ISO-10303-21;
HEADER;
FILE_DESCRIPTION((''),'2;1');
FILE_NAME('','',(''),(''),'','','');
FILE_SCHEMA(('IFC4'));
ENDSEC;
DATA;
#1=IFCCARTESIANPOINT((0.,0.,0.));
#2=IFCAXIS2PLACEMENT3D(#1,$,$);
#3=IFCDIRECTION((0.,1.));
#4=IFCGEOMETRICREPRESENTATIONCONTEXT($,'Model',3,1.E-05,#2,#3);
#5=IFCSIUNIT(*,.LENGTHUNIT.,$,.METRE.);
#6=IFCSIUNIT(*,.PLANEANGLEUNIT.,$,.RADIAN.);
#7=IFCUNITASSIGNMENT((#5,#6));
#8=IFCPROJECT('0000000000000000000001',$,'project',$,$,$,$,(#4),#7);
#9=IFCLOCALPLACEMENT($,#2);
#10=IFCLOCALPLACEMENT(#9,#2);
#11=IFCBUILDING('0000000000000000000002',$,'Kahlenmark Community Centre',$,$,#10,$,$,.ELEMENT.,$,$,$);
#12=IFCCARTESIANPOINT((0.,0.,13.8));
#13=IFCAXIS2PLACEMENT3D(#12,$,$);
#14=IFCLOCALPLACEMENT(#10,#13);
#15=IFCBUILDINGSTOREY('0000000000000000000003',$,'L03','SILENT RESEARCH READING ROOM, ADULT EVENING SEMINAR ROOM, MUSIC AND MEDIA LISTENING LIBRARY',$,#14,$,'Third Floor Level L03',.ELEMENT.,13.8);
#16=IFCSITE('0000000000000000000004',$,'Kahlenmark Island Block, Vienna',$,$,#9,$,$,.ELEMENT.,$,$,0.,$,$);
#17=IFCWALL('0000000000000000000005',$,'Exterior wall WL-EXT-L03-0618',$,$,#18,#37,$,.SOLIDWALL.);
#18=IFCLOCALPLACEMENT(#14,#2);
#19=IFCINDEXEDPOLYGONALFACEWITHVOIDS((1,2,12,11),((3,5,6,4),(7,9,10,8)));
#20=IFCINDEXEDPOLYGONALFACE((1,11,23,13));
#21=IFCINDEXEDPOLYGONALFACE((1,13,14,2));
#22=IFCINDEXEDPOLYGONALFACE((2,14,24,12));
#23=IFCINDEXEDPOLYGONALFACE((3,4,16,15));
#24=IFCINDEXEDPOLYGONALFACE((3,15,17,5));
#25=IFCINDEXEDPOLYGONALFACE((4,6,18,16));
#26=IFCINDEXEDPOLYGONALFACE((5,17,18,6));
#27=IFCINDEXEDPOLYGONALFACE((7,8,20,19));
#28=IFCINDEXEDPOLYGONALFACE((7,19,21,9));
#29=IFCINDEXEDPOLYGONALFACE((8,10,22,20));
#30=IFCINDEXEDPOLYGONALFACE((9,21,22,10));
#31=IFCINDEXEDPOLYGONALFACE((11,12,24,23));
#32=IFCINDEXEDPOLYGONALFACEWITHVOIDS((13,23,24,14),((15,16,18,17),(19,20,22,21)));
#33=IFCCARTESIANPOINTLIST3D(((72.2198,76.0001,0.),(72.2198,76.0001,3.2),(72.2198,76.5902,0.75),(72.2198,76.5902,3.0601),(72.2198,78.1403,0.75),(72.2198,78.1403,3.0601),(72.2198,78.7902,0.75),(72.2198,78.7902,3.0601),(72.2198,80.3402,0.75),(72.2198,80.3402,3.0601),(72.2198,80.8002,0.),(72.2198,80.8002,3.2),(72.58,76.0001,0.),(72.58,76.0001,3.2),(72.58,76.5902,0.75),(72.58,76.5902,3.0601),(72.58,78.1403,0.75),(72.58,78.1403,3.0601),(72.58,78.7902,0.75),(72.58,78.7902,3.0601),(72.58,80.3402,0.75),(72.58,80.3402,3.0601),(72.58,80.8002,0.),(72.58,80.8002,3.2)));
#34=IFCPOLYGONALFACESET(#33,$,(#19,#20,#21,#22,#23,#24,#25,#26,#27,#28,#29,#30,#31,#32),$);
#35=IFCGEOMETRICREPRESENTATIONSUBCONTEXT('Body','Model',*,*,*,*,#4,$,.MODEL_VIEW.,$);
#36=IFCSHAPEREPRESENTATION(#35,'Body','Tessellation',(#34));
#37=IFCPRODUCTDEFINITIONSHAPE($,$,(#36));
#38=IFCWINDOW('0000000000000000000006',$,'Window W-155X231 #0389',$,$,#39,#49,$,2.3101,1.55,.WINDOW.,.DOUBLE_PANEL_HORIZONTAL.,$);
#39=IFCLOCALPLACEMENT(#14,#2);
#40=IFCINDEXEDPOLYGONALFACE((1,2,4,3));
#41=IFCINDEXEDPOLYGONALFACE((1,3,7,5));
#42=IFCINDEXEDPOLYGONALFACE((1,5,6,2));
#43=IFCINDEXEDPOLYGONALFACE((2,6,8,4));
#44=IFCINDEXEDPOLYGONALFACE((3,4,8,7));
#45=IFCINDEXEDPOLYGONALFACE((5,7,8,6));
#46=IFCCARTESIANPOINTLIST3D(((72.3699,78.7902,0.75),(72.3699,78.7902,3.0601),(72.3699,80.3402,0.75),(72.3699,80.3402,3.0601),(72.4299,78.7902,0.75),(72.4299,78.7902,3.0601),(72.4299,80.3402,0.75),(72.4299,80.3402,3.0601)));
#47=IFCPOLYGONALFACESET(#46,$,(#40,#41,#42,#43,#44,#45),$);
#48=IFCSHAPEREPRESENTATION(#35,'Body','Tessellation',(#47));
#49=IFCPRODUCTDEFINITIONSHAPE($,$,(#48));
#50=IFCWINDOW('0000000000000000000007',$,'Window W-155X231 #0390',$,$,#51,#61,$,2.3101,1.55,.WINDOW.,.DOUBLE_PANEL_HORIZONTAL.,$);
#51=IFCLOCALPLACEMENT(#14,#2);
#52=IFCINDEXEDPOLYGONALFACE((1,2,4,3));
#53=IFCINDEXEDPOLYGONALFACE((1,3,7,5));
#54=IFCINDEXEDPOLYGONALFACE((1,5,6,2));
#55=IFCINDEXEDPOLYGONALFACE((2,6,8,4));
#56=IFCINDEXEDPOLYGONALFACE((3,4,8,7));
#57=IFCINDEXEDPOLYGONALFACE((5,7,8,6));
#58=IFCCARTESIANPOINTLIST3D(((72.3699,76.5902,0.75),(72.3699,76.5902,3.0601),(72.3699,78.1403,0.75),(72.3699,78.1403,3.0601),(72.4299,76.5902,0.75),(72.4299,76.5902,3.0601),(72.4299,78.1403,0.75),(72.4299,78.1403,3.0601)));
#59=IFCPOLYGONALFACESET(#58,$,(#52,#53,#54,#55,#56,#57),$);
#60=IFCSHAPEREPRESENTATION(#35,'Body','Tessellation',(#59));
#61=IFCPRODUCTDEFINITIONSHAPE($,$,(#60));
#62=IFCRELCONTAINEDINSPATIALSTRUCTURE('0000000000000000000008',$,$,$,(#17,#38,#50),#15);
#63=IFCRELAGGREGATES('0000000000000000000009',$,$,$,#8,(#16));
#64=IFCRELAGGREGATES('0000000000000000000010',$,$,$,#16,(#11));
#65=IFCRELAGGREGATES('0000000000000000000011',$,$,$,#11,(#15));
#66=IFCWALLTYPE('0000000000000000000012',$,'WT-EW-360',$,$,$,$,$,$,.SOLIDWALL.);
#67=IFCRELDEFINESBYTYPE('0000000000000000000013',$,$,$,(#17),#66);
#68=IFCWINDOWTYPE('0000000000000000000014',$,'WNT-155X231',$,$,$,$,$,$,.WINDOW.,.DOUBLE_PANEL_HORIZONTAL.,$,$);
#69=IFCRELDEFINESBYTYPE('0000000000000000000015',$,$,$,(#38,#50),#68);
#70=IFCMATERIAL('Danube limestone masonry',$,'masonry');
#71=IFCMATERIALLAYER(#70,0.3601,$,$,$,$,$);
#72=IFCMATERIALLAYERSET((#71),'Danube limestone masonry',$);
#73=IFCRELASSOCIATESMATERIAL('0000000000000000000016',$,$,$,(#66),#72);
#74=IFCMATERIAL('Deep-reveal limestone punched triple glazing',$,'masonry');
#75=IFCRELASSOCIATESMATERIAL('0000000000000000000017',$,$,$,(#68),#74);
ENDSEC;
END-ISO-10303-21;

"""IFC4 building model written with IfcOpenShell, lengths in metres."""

from ifc_helpers import new_model, si_unit, direction, frame, frame_2d, origin, place, context, subcontext, project, spatial, rectangle, extrude, material, layer, layer_set, type_object, element, fill, save


model = new_model("IFC4")

# Units and contexts
model_context = context("Model", 3, precision=1e-05, world=origin(), true_north=direction((0.0, 1.0)))
body_context = subcontext(model_context, "Body", "Model", "MODEL_VIEW")
ifc_project = project(units=[si_unit("LENGTHUNIT", "METRE"), si_unit("PLANEANGLEUNIT", "RADIAN")], contexts=[model_context])

# Site, building, storey
site_placement = place(None, origin())
site = spatial("IfcSite", under=ifc_project, at=site_placement, Name="Kahlenmark Island Block, Vienna", CompositionType="ELEMENT", RefElevation=0.0)
building_placement = place(site_placement, origin())
building = spatial("IfcBuilding", under=site, at=building_placement, Name="Kahlenmark Community Centre", CompositionType="ELEMENT")
storey_placement = place(building_placement, frame((0.0, 0.0, 13.8)))
storey = spatial("IfcBuildingStorey", under=building, at=storey_placement, Name="L03", Description="SILENT RESEARCH READING ROOM, ADULT EVENING SEMINAR ROOM, MUSIC AND MEDIA LISTENING LIBRARY", LongName="Third Floor Level L03", CompositionType="ELEMENT", Elevation=13.8)

# Wall, openings, windows
ifc_material_1 = material(Name="Danube limestone masonry", Category="masonry")
ifc_layer_1 = layer(ifc_material_1, 0.3601)
ifc_layer_set_1 = layer_set([ifc_layer_1], Name="Danube limestone masonry")
wall_type_1 = type_object("IfcWallType", Name="WT-EW-360", PredefinedType="SOLIDWALL", material=ifc_layer_set_1)
wall_1_placement = place(storey_placement, frame((72.3999, 80.8, 0.0), z_axis=(0.0, 0.0, 1.0), x_axis=(0.0, -1.0, 0.0)))
wall_1 = element("IfcWall", 1, at=wall_1_placement, inside=storey, type_object=wall_type_1, Name="Exterior wall WL-EXT-L03-0618", PredefinedType="SOLIDWALL", context=body_context, shape_type="SweptSolid", body=[
    extrude(rectangle(XDim=4.8, YDim=0.3601, at=frame_2d((2.3999, 0.0))), origin(), (0.0, 0.0, 1.0), 3.2),
])
opening_1_placement = place(wall_1_placement, frame((0.46, 0.0, 0.75)))
opening_1 = element("IfcOpeningElement", 2, at=opening_1_placement, cuts=wall_1, PredefinedType="OPENING", context=body_context, shape_type="SweptSolid", body=[
    extrude(rectangle(XDim=1.55, YDim=2.3101, at=frame_2d((0.7749, 1.155))), frame((0.0, 0.1899, 0.0), z_axis=(0.0, -1.0, 0.0), x_axis=(1.0, 0.0, 0.0)), (0.0, 0.0, 1.0), 0.3801),
])
opening_2_placement = place(wall_1_placement, frame((2.6599, 0.0, 0.75)))
opening_2 = element("IfcOpeningElement", 3, at=opening_2_placement, cuts=wall_1, PredefinedType="OPENING", context=body_context, shape_type="SweptSolid", body=[
    extrude(rectangle(XDim=1.55, YDim=2.3101, at=frame_2d((0.7749, 1.155))), frame((0.0, 0.1899, 0.0), z_axis=(0.0, -1.0, 0.0), x_axis=(1.0, 0.0, 0.0)), (0.0, 0.0, 1.0), 0.3801),
])
ifc_material_2 = material(Name="Deep-reveal limestone punched triple glazing", Category="masonry")
window_type = type_object("IfcWindowType", Name="WNT-155X231", PartitioningType="DOUBLE_PANEL_HORIZONTAL", PredefinedType="WINDOW", material=ifc_material_2)
window_1_placement = place(opening_1_placement, origin())
window_1 = element("IfcWindow", 4, at=window_1_placement, inside=storey, type_object=window_type, Name="Window W-155X231 #0389", OverallHeight=2.3101, OverallWidth=1.55, PartitioningType="DOUBLE_PANEL_HORIZONTAL", PredefinedType="WINDOW", context=body_context, shape_type="SweptSolid", body=[
    extrude(rectangle(XDim=1.55, YDim=2.3101, at=frame_2d((0.7749, 1.155))), frame((0.0, 0.03, 0.0), z_axis=(0.0, -1.0, 0.0), x_axis=(1.0, 0.0, 0.0)), (0.0, 0.0, 1.0), 0.0601),
])
fill(opening_1, window_1)
window_2_placement = place(opening_2_placement, origin())
window_2 = element("IfcWindow", 5, at=window_2_placement, inside=storey, type_object=window_type, Name="Window W-155X231 #0390", OverallHeight=2.3101, OverallWidth=1.55, PartitioningType="DOUBLE_PANEL_HORIZONTAL", PredefinedType="WINDOW", context=body_context, shape_type="SweptSolid", body=[
    extrude(rectangle(XDim=1.55, YDim=2.3101, at=frame_2d((0.7749, 1.155))), frame((0.0, 0.03, 0.0), z_axis=(0.0, -1.0, 0.0), x_axis=(1.0, 0.0, 0.0)), (0.0, 0.0, 1.0), 0.0601),
])
fill(opening_2, window_2)

save(model, "model.ifc")
